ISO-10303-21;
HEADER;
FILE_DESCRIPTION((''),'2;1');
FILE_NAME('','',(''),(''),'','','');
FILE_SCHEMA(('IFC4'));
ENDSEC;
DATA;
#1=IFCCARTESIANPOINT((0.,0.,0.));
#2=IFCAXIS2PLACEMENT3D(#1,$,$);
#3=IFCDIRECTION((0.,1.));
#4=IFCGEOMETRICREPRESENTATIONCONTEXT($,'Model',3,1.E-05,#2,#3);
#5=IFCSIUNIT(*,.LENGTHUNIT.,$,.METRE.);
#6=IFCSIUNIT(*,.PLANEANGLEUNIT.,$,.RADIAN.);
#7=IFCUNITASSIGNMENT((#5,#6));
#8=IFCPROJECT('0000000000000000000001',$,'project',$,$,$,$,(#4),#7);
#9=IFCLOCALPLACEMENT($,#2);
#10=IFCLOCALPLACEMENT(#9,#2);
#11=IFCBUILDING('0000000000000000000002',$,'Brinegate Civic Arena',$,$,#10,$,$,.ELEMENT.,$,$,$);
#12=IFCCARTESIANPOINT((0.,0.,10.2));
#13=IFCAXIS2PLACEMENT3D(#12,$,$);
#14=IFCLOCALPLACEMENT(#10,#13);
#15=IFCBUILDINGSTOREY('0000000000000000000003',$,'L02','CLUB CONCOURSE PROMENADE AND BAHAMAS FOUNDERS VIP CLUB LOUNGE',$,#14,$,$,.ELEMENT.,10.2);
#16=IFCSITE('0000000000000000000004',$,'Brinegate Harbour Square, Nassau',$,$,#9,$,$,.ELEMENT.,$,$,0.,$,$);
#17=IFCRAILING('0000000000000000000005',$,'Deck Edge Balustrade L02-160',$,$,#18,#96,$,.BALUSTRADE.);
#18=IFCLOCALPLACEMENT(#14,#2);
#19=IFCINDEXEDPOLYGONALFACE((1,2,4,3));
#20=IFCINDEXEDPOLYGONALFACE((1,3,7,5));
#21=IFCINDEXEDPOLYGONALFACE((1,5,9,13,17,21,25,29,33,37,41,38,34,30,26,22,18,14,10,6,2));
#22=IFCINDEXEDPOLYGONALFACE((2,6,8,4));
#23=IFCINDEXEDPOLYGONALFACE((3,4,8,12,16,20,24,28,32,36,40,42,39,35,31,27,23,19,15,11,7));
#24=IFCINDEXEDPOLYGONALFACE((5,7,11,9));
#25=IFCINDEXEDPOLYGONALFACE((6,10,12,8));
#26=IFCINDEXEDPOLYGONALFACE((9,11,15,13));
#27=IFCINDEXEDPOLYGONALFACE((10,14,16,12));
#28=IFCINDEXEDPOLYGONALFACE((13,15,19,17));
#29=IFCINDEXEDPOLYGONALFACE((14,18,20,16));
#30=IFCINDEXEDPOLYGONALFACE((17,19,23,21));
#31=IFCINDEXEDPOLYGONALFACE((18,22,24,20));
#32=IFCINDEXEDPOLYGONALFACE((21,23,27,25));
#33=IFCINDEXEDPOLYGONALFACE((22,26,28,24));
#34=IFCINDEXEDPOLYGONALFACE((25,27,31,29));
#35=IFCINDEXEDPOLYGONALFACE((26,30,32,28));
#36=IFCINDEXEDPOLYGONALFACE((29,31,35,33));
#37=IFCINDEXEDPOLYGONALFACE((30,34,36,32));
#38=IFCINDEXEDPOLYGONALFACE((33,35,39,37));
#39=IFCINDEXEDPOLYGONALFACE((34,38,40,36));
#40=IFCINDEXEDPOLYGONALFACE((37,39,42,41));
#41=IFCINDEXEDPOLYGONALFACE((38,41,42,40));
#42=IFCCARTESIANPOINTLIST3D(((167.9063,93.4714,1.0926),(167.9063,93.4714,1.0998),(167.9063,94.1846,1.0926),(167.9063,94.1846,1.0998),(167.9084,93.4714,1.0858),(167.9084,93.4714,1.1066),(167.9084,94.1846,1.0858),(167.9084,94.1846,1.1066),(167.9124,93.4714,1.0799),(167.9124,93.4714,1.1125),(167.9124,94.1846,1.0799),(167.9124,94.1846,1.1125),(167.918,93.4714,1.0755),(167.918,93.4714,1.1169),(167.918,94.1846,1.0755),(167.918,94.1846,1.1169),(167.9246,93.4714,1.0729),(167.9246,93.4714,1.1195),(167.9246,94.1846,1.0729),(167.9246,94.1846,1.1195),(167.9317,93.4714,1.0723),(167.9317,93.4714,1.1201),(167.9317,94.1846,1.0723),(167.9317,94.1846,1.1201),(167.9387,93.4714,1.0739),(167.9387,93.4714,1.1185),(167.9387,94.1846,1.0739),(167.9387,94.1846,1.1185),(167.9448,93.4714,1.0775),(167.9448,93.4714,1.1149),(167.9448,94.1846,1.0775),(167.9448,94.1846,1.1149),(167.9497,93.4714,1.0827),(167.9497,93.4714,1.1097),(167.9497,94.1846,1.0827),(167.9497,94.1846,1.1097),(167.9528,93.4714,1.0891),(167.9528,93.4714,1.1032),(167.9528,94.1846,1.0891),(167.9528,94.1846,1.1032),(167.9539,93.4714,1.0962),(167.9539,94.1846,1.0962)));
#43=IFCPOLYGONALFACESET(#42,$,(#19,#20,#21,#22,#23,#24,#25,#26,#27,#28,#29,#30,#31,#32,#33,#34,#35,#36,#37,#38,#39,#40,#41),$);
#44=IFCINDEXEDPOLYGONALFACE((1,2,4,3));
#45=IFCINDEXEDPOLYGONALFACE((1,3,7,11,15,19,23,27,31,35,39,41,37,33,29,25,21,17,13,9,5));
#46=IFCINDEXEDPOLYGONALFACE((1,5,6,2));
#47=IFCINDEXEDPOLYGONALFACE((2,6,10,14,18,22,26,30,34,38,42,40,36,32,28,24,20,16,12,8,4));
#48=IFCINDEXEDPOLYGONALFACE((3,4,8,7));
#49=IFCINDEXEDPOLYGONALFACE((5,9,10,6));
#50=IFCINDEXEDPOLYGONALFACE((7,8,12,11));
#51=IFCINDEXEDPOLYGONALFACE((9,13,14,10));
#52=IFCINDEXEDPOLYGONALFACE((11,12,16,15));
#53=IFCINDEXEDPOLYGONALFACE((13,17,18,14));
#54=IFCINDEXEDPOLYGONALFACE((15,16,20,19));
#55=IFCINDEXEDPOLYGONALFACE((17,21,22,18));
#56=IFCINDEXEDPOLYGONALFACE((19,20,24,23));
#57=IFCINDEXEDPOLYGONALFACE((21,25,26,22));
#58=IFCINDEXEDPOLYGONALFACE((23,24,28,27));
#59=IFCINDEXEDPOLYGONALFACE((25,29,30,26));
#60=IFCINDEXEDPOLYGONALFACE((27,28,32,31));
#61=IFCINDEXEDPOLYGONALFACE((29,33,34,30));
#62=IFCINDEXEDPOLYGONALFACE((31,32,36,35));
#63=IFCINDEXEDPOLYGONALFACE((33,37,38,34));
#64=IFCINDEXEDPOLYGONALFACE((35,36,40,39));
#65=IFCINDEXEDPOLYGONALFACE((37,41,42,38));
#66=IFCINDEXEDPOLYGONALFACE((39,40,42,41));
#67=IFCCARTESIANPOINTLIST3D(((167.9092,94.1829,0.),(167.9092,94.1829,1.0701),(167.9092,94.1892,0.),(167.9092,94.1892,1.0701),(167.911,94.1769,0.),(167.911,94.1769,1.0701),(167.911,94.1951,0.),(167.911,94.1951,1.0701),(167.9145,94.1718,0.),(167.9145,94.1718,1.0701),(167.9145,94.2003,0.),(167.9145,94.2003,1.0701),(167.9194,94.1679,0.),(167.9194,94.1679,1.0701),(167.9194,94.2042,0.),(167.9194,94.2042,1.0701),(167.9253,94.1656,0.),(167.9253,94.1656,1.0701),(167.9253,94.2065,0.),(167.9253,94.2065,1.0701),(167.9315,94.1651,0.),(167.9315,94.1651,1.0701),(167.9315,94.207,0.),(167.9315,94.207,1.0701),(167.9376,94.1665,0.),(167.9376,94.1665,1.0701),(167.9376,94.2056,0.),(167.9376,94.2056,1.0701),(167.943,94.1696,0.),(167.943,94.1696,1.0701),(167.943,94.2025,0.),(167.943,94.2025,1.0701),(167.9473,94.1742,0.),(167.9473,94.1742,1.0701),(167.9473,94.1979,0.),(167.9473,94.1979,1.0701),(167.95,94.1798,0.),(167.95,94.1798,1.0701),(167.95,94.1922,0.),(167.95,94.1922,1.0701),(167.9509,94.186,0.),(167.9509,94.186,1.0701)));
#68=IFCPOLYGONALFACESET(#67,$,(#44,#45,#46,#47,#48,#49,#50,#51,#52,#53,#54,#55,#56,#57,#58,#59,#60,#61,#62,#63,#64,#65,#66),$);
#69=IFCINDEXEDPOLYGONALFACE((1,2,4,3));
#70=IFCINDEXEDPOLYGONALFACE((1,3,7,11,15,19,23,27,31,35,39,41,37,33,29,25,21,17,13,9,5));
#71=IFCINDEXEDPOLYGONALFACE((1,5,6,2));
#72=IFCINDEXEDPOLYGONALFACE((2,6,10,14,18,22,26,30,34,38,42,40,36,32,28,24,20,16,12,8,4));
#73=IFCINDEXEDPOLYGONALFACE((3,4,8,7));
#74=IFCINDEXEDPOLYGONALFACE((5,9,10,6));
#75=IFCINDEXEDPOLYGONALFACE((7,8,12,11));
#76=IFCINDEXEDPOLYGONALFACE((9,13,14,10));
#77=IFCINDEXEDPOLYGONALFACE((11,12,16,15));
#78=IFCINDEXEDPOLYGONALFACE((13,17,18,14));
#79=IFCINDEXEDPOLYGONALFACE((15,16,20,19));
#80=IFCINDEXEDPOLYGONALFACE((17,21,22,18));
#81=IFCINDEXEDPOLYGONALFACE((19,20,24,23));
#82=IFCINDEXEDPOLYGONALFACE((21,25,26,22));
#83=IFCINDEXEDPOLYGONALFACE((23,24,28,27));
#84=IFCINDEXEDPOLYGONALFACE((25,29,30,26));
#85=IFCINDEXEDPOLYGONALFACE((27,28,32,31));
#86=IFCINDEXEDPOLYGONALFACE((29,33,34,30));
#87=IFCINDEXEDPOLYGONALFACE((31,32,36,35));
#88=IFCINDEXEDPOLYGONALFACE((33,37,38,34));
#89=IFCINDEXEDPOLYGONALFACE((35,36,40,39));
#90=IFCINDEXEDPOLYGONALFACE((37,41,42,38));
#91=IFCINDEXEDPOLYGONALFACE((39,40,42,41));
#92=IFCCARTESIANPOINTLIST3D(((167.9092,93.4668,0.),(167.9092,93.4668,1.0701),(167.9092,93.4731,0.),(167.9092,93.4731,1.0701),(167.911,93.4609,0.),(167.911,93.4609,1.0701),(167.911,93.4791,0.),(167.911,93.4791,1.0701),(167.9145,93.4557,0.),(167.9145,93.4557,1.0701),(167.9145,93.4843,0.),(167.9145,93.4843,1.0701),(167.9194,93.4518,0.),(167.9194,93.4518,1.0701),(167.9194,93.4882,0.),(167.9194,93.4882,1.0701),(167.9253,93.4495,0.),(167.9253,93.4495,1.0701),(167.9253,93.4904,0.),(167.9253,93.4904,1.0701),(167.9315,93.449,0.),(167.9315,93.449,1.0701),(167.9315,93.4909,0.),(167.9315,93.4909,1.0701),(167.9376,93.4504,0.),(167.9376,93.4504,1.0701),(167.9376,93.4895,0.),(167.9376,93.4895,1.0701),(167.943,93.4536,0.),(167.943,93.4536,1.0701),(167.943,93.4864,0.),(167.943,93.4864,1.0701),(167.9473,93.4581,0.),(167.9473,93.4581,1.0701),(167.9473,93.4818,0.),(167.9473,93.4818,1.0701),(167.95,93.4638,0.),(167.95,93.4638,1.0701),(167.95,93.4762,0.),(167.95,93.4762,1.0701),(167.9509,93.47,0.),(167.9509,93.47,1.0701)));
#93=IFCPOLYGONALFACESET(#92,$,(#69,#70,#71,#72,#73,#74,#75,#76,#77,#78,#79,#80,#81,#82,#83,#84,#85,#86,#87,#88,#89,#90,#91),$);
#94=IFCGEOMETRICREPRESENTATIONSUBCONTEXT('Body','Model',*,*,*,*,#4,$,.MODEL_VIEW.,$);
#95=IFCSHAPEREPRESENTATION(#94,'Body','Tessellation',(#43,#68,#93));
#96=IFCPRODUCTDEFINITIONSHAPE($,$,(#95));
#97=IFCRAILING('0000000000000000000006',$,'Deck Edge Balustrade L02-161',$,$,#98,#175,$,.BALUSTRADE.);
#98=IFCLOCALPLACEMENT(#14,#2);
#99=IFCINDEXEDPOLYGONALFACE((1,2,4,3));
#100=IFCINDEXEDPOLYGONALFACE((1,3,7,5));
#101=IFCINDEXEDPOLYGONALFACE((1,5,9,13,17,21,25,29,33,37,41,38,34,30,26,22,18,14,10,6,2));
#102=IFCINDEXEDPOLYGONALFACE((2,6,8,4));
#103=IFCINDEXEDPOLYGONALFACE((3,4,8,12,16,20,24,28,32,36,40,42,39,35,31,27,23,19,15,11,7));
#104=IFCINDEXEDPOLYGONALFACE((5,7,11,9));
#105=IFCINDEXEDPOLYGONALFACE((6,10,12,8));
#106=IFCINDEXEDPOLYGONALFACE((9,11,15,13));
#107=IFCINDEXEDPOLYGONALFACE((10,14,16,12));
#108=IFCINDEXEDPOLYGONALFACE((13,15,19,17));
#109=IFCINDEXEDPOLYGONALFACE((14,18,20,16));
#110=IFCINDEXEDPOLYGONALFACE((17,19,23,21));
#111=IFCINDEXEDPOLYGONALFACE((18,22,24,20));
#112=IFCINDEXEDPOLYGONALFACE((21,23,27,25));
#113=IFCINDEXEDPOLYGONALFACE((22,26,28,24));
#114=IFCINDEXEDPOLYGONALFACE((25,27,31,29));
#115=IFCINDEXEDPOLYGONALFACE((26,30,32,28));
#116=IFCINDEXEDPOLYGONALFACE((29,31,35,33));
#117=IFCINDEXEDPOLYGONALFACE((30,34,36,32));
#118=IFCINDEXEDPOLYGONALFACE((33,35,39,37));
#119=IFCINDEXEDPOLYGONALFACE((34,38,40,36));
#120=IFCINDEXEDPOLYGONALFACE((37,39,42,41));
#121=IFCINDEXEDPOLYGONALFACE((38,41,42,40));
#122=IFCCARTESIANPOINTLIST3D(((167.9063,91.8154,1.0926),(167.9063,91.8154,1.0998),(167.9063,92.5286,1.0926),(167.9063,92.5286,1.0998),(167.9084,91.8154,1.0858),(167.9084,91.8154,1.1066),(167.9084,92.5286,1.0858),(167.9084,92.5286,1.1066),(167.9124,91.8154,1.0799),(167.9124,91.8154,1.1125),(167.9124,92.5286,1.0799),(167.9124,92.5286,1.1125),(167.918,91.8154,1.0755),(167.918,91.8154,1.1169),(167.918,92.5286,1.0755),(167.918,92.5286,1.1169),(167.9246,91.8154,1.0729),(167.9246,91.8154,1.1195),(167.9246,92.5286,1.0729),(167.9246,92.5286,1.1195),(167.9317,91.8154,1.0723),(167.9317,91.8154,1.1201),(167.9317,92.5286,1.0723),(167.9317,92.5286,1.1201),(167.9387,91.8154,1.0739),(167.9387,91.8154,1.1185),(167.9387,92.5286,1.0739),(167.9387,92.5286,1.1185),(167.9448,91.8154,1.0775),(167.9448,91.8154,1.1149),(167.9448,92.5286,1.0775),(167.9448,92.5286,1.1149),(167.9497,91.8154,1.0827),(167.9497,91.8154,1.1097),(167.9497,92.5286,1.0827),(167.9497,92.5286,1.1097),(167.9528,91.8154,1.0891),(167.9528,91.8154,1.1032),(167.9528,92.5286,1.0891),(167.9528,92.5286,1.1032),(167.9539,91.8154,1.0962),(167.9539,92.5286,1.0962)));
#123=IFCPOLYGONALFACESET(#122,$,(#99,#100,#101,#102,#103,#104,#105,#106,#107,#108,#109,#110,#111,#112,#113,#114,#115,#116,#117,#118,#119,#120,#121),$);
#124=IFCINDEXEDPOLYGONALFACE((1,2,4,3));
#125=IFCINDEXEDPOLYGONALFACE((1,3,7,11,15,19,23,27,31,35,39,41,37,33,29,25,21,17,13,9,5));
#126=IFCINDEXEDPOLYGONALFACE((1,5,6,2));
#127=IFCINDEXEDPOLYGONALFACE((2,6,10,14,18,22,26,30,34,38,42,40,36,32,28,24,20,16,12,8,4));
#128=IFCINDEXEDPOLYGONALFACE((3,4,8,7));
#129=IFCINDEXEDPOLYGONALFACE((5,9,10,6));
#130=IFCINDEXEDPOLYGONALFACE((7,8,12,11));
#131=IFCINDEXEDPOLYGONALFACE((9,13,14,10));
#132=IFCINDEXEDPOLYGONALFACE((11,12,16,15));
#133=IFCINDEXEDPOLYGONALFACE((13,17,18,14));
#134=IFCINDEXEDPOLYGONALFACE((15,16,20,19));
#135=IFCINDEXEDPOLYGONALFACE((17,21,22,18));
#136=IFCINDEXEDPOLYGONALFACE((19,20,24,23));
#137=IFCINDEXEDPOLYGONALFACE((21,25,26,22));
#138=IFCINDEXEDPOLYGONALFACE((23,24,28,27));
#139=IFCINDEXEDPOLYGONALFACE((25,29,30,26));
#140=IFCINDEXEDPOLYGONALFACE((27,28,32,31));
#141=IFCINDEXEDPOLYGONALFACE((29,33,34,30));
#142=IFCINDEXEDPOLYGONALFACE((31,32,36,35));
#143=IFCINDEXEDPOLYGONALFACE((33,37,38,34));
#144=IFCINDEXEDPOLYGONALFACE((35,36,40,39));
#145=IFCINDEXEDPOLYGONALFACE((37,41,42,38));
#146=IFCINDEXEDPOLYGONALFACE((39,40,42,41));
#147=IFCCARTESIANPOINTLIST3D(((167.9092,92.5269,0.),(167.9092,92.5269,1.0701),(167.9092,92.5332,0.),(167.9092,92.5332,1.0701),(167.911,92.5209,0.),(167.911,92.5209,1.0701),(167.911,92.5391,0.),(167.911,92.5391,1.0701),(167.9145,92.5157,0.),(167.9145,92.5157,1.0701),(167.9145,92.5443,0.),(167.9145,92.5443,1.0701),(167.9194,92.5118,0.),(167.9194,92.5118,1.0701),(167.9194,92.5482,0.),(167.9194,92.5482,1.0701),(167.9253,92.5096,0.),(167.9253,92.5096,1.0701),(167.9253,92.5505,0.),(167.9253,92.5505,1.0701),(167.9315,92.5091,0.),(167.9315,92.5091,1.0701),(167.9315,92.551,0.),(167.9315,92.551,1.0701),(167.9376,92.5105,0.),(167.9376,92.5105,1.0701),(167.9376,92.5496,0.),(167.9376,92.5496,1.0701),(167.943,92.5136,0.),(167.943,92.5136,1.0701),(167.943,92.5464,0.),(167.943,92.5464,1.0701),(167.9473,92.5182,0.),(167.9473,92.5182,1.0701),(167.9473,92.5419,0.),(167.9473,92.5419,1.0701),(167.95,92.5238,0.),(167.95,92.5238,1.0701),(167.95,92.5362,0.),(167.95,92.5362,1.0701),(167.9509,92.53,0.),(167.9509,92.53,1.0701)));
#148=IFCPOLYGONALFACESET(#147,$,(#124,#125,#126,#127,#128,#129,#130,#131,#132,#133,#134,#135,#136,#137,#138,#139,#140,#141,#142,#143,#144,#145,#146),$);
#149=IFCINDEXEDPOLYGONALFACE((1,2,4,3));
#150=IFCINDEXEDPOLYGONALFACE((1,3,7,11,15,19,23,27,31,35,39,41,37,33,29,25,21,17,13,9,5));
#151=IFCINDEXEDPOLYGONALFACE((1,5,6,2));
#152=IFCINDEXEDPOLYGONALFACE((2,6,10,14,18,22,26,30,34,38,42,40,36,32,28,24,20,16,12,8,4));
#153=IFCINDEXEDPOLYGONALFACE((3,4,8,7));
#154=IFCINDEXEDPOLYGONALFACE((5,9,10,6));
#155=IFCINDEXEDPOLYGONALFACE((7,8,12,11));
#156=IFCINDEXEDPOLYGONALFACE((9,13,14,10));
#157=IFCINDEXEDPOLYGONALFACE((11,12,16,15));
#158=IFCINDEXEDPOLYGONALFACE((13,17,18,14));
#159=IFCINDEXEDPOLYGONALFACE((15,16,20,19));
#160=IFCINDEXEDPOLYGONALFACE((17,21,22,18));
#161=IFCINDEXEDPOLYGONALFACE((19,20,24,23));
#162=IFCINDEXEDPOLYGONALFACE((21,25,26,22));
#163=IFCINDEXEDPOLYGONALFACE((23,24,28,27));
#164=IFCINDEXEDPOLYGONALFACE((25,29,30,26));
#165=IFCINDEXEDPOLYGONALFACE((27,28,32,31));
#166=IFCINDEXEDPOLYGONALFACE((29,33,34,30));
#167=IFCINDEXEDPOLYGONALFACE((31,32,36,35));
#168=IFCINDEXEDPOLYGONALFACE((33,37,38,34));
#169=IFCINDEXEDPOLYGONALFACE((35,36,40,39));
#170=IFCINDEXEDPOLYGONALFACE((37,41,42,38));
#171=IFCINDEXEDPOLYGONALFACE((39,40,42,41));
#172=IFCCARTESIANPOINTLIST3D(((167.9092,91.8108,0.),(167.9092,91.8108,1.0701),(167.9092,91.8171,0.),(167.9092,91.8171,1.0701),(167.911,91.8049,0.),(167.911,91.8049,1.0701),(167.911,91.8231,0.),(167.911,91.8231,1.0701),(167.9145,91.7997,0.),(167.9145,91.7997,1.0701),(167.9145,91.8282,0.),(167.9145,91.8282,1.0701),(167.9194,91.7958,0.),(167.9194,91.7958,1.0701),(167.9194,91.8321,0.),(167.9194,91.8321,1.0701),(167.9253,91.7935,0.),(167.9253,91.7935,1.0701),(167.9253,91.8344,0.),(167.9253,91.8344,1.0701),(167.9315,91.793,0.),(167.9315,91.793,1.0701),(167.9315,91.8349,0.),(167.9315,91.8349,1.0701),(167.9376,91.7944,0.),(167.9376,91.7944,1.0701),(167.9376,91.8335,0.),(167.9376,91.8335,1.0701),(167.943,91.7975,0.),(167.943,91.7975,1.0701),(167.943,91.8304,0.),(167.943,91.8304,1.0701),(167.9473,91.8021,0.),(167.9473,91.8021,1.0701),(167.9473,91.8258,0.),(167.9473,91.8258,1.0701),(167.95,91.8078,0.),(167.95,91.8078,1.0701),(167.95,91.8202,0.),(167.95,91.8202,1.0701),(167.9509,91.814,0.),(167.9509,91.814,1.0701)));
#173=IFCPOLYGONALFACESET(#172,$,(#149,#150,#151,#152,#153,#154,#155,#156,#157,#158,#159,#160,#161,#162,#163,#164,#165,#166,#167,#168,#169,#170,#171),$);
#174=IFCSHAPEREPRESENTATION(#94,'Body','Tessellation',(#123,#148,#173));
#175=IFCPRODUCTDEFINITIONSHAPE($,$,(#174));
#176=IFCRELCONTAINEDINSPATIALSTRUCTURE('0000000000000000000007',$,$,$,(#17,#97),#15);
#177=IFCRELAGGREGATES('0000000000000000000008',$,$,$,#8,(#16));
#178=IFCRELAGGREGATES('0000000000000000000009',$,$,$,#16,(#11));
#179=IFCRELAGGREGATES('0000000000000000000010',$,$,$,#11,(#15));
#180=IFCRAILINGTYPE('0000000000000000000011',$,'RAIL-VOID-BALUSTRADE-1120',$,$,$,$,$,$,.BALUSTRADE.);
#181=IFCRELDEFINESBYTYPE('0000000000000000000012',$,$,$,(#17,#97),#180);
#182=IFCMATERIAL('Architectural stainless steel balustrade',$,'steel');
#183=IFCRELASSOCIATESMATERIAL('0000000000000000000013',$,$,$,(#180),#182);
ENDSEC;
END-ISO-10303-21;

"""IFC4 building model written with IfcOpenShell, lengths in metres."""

from ifc_helpers import new_model, si_unit, direction, frame, origin, origin_2d, place, context, subcontext, project, spatial, circle, extrude, material, type_object, element, save


model = new_model("IFC4")

# Units and contexts
model_context = context("Model", 3, precision=1e-05, world=origin(), true_north=direction((0.0, 1.0)))
body_context = subcontext(model_context, "Body", "Model", "MODEL_VIEW")
ifc_project = project(units=[si_unit("LENGTHUNIT", "METRE"), si_unit("PLANEANGLEUNIT", "RADIAN")], contexts=[model_context])

# Site, building, storey
site_placement = place(None, origin())
site = spatial("IfcSite", under=ifc_project, at=site_placement, Name="Brinegate Harbour Square, Nassau", CompositionType="ELEMENT", RefElevation=0.0)
building_placement = place(site_placement, origin())
building = spatial("IfcBuilding", under=site, at=building_placement, Name="Brinegate Civic Arena", CompositionType="ELEMENT")
storey_placement = place(building_placement, frame((0.0, 0.0, 10.2)))
storey = spatial("IfcBuildingStorey", under=building, at=storey_placement, Name="L02", Description="CLUB CONCOURSE PROMENADE AND BAHAMAS FOUNDERS VIP CLUB LOUNGE", CompositionType="ELEMENT", Elevation=10.2)

# Railings
ifc_material_1 = material(Name="Architectural stainless steel balustrade", Category="steel")
railing_type_1 = type_object("IfcRailingType", Name="RAIL-VOID-BALUSTRADE-1120", PredefinedType="BALUSTRADE", material=ifc_material_1)
for number, where, name in (
    (1, (167.9299, 94.186, 0.0), "Deck Edge Balustrade L02-160"),
    (2, (167.9299, 92.53, 0.0), "Deck Edge Balustrade L02-161"),
):
    element("IfcRailing", number, at=place(storey_placement, frame(where)), inside=storey, type_object=railing_type_1, Name=name, PredefinedType="BALUSTRADE", context=body_context, shape_type="SweptSolid", body=[
        extrude(circle(Radius=0.0239, at=origin_2d()), frame((0.0, -0.0015, 1.0962), z_axis=(0.0, -1.0, 0.0), x_axis=(1.0, 0.0, 0.0)), (0.0, 0.0, 1.0), 0.7131),
        extrude(circle(Radius=0.021, at=origin_2d()), origin(), (0.0, 0.0, 1.0), 1.0701),
        extrude(circle(Radius=0.021, at=origin_2d()), frame((0.0, -0.7161, 0.0)), (0.0, 0.0, 1.0), 1.0701),
    ])

save(model, "model.ifc")
